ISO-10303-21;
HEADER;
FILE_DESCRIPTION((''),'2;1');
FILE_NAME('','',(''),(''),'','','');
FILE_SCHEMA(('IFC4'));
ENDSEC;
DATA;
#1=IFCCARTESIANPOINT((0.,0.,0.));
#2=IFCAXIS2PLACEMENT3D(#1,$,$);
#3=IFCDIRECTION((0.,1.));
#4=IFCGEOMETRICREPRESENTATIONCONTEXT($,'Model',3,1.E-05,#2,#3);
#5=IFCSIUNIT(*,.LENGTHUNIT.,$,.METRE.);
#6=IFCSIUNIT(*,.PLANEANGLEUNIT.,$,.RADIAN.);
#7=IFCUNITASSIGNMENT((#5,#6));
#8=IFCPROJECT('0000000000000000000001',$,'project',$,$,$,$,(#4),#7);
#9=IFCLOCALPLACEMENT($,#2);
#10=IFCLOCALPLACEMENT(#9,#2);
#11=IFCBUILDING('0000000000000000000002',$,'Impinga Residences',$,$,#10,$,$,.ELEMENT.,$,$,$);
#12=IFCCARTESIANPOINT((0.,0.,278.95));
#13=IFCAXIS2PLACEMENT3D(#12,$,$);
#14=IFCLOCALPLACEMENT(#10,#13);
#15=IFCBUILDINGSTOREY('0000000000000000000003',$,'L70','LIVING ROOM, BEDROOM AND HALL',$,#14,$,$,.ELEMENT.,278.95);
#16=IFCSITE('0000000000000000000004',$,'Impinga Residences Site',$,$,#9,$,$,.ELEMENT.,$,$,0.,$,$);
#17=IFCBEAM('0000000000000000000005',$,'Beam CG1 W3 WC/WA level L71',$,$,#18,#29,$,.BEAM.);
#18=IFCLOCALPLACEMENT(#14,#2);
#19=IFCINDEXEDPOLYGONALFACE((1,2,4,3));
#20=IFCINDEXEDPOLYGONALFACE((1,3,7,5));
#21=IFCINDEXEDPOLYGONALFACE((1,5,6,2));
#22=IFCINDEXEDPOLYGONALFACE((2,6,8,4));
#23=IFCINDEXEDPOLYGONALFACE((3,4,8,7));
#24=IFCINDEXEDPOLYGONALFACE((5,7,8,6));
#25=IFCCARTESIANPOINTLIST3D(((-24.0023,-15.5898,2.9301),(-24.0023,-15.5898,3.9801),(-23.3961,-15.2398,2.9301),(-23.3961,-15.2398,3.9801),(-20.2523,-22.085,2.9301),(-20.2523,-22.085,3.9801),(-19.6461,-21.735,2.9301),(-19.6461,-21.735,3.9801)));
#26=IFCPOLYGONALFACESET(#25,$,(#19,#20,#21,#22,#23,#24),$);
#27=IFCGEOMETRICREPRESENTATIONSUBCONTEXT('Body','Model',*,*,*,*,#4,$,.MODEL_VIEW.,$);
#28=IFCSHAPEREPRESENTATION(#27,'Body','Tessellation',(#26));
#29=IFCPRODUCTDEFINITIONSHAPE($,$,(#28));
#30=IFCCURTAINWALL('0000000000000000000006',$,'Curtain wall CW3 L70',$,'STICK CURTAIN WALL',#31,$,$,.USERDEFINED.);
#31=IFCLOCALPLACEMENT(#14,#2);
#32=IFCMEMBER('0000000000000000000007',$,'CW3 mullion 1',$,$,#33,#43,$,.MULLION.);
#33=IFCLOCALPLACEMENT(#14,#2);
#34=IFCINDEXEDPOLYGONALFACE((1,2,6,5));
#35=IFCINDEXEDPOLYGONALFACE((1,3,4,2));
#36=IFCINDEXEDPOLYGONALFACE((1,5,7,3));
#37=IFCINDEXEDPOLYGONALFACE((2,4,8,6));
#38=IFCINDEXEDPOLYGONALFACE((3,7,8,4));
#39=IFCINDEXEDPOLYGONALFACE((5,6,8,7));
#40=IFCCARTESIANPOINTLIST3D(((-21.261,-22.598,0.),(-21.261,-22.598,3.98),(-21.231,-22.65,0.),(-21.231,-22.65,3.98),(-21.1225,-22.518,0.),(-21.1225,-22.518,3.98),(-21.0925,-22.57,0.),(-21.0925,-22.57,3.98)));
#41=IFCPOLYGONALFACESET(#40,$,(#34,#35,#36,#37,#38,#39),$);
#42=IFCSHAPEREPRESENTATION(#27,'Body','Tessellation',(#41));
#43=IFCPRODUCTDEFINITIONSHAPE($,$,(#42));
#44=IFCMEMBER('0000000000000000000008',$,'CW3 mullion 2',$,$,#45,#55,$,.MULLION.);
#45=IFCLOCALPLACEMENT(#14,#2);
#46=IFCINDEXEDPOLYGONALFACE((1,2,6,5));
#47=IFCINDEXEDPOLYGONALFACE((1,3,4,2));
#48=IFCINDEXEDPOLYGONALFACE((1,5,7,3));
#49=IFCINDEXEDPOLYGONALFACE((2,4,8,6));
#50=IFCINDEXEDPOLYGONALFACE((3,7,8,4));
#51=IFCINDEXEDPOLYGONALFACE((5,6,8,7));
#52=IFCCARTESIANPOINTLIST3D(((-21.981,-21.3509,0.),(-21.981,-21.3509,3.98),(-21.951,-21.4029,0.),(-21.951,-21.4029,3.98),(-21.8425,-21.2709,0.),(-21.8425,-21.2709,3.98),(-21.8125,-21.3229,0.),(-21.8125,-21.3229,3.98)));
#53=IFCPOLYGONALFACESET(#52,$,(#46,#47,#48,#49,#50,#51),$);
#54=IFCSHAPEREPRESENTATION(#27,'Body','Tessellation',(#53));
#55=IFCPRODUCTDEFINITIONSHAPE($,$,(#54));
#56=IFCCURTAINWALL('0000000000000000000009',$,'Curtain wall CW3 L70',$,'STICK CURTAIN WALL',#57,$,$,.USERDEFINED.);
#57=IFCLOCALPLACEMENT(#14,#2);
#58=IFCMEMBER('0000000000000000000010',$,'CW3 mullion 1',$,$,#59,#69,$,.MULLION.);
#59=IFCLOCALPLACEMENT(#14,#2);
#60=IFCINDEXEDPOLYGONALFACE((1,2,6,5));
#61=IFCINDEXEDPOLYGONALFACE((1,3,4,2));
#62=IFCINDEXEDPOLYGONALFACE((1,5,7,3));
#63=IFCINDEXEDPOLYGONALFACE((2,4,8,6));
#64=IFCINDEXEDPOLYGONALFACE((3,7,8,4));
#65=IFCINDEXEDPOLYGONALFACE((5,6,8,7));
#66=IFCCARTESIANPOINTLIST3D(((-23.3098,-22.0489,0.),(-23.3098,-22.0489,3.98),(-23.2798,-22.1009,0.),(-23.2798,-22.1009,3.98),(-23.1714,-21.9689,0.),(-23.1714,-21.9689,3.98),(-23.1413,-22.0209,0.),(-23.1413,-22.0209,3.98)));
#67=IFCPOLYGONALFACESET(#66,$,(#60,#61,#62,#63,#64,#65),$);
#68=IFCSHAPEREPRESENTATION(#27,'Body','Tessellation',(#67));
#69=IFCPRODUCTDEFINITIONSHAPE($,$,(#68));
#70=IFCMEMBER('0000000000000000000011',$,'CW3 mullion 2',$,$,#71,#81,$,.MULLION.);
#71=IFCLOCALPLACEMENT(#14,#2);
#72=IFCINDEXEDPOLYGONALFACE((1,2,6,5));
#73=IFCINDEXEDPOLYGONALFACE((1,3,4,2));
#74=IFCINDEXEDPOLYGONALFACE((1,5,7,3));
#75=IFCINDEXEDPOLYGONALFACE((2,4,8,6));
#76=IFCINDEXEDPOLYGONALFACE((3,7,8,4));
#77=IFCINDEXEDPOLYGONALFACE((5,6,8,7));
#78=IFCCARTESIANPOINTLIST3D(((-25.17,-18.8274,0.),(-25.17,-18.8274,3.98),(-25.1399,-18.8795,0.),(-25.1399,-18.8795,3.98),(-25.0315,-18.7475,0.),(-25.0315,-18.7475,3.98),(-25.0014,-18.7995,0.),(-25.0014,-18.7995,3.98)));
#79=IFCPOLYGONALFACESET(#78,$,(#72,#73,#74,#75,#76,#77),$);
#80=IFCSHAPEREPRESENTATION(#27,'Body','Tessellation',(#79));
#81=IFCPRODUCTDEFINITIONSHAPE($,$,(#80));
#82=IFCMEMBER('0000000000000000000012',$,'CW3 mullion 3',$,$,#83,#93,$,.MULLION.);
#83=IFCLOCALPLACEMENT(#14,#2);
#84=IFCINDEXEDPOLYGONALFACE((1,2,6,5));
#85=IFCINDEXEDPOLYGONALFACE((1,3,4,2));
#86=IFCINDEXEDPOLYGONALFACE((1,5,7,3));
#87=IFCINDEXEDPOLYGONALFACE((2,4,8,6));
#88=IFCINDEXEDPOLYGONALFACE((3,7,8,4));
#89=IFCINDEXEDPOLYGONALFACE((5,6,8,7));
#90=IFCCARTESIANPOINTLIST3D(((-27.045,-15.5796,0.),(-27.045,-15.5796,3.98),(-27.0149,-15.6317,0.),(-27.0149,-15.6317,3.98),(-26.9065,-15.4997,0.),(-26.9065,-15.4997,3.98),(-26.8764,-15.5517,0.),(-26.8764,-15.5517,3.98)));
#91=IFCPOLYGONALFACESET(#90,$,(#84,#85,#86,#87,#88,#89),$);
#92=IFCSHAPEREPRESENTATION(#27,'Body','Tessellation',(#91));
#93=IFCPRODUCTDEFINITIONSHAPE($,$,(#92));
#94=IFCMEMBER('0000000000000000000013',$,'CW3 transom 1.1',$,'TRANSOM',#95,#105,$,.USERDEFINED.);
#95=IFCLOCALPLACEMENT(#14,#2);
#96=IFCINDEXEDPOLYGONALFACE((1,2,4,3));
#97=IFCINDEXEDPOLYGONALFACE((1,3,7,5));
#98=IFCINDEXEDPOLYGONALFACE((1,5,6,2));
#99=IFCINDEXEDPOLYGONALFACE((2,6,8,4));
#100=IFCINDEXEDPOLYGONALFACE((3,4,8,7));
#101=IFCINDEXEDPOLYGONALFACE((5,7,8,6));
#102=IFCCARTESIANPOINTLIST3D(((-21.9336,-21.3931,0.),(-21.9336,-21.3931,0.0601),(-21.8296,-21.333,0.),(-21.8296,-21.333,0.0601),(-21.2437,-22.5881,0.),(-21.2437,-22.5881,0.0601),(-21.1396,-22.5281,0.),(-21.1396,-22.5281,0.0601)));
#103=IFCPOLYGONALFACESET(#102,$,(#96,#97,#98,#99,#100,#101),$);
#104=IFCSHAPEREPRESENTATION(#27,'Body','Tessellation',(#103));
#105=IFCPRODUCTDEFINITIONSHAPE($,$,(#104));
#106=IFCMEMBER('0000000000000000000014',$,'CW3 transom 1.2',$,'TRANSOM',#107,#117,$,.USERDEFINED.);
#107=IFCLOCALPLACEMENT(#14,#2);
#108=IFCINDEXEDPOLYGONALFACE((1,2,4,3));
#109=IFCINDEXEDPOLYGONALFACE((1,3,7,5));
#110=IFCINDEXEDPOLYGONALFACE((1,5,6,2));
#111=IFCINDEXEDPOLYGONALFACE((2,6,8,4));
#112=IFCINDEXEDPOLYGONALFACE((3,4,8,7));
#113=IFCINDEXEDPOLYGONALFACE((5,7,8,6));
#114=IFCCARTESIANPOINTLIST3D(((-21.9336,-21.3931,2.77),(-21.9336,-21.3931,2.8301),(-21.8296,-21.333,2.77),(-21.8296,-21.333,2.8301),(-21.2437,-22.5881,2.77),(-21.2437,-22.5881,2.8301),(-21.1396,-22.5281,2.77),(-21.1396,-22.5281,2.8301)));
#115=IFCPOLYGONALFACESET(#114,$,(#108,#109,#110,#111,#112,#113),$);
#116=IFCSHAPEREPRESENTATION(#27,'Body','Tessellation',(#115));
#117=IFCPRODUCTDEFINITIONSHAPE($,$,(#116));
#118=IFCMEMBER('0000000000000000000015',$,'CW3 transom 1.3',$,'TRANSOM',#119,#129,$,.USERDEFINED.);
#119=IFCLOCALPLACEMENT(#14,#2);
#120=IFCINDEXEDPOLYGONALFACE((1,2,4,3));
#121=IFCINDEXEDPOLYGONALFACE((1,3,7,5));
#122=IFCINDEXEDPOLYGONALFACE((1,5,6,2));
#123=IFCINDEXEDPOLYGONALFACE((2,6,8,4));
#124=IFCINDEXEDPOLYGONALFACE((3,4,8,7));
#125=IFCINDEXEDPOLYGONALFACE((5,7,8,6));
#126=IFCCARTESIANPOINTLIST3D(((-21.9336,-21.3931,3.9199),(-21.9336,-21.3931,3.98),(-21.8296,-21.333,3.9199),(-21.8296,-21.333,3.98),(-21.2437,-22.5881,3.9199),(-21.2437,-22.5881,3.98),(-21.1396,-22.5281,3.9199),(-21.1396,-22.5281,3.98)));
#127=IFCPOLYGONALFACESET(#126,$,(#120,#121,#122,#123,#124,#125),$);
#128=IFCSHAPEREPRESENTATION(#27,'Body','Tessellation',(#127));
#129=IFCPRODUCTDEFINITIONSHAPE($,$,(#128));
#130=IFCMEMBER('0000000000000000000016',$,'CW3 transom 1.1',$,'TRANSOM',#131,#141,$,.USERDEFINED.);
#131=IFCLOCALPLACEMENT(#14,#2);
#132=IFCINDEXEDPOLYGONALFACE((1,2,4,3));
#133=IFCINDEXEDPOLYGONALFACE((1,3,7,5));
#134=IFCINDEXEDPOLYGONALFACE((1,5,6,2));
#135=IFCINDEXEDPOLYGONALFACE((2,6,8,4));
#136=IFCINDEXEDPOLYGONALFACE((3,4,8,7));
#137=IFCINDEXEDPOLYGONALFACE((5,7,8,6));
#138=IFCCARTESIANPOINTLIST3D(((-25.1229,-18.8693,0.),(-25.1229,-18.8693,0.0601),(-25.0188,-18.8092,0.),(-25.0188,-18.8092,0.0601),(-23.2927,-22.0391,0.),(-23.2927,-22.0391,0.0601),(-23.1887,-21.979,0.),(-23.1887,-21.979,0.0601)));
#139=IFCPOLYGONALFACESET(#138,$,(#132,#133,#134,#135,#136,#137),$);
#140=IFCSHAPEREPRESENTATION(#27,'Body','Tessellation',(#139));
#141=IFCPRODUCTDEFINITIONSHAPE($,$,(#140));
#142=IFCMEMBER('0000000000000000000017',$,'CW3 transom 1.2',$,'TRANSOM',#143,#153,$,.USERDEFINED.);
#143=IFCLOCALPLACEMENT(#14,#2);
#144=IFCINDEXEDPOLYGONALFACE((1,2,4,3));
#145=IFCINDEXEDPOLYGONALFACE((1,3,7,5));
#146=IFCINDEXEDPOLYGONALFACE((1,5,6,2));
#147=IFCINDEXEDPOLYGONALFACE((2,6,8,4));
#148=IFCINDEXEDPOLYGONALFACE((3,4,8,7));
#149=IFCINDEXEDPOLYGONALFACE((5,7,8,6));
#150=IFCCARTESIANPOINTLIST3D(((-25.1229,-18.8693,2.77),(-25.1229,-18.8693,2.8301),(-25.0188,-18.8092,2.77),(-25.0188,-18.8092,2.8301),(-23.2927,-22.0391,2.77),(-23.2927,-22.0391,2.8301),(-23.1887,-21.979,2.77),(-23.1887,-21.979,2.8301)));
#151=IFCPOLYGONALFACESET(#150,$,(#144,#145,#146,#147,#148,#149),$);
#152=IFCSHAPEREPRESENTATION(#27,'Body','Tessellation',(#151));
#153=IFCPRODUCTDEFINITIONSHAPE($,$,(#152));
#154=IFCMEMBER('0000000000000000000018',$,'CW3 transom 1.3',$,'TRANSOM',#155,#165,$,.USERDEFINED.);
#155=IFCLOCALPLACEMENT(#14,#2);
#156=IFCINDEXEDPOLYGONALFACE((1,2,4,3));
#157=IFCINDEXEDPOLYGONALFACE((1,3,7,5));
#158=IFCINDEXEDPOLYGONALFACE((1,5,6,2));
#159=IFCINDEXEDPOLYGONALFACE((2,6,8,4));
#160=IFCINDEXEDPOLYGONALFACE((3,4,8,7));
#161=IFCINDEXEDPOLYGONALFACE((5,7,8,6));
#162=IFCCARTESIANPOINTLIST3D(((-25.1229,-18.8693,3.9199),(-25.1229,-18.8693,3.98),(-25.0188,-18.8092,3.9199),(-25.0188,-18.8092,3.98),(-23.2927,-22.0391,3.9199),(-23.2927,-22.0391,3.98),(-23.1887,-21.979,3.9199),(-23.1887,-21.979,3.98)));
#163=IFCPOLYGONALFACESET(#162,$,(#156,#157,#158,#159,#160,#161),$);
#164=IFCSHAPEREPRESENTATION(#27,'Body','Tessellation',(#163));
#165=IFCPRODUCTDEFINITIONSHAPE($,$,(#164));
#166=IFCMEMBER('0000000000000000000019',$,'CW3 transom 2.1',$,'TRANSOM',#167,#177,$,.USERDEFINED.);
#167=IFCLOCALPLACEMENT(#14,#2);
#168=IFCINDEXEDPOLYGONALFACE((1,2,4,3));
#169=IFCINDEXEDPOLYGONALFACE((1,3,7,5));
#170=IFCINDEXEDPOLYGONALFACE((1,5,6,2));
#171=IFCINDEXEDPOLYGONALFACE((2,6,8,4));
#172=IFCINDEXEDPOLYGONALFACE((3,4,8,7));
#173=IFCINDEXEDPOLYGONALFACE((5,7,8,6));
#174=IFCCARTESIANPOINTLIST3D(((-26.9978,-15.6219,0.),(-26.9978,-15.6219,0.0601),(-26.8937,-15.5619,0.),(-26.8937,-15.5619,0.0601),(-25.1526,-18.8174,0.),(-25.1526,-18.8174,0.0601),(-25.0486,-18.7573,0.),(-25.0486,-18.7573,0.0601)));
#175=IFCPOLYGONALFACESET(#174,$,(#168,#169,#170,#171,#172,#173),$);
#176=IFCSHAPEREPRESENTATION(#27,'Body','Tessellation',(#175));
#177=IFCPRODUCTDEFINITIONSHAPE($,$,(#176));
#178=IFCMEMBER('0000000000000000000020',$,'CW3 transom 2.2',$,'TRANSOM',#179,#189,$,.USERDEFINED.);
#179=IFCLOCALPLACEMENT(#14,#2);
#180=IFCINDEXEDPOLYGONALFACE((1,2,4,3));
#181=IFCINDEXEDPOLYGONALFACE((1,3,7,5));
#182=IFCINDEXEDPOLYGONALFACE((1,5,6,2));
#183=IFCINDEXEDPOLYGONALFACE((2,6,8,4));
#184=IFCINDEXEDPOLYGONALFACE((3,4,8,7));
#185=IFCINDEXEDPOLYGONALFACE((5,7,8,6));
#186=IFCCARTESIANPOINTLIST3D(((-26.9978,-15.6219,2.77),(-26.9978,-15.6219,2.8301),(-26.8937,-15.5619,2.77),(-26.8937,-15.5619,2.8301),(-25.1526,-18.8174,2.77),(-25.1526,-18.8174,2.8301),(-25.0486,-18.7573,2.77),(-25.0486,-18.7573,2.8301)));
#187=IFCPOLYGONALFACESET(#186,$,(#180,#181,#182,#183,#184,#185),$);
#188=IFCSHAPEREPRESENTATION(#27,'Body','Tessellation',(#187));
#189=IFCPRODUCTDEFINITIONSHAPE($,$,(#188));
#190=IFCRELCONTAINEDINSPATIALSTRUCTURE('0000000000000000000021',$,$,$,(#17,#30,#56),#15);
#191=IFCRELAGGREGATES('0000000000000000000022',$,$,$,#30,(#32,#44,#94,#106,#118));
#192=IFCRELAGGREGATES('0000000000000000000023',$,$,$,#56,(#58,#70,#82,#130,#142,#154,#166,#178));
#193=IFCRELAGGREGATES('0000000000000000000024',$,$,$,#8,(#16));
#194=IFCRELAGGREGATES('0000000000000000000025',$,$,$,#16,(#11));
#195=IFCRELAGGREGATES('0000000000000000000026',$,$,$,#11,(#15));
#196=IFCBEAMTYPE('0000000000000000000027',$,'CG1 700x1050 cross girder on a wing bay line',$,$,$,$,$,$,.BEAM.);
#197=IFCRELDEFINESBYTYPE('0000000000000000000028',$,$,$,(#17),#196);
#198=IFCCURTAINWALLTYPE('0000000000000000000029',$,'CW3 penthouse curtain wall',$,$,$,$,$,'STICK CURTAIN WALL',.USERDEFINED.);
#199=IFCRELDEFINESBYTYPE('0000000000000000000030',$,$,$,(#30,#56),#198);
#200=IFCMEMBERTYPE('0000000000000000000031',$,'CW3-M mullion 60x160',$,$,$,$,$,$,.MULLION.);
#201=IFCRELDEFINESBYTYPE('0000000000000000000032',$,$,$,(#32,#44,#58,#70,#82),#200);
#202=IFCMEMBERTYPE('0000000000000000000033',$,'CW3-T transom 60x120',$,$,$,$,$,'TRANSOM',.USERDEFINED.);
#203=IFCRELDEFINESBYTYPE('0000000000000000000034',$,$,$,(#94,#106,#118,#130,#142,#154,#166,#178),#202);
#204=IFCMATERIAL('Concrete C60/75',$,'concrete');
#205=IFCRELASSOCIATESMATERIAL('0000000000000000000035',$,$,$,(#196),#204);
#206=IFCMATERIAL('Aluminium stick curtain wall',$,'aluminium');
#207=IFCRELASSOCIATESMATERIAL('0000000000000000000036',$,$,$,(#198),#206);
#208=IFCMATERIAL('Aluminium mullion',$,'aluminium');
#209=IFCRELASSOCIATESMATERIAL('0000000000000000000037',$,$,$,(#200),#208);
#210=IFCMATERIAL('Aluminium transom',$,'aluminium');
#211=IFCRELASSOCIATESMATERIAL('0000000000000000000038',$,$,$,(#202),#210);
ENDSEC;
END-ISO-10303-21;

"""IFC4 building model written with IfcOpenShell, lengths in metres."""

from ifc_helpers import new_model, si_unit, direction, frame, origin, origin_2d, place, context, subcontext, project, spatial, rectangle, extrude, material, material_profile, profile_set, type_object, element, aggregate, save


model = new_model("IFC4")

# Units and contexts
model_context = context("Model", 3, precision=1e-05, world=origin(), true_north=direction((0.0, 1.0)))
body_context = subcontext(model_context, "Body", "Model", "MODEL_VIEW")
ifc_project = project(units=[si_unit("LENGTHUNIT", "METRE"), si_unit("PLANEANGLEUNIT", "RADIAN")], contexts=[model_context])

# Site, building, storey
site_placement = place(None, origin())
site = spatial("IfcSite", under=ifc_project, at=site_placement, Name="Impinga Residences Site", CompositionType="ELEMENT", RefElevation=0.0)
building_placement = place(site_placement, origin())
building = spatial("IfcBuilding", under=site, at=building_placement, Name="Impinga Residences", CompositionType="ELEMENT")
storey_placement = place(building_placement, frame((0.0, 0.0, 278.95)))
storey = spatial("IfcBuildingStorey", under=building, at=storey_placement, Name="L70", Description="LIVING ROOM, BEDROOM AND HALL", CompositionType="ELEMENT", Elevation=278.95)

# Beam
ifc_material_1 = material(Name="Concrete C60/75", Category="concrete")
ifc_material_profile_1 = material_profile(ifc_material_1, rectangle(XDim=0.7, YDim=1.05, at=origin_2d()), Name="RC 700x1050")
ifc_profile_set_1 = profile_set([ifc_material_profile_1], Name="Concrete C60/75")
beam_type_1 = type_object("IfcBeamType", Name="CG1 700x1050 cross girder on a wing bay line", PredefinedType="BEAM", material=ifc_profile_set_1)
beam_1_placement = place(storey_placement, frame((-23.6992, -15.4148, 3.4551), z_axis=(0.500004, -0.866023, 0.0), x_axis=(0.866023, 0.500004, 0.0)))
element("IfcBeam", 1, at=beam_1_placement, inside=storey, type_object=beam_type_1, Name="Beam CG1 W3 WC/WA level L71", PredefinedType="BEAM", context=body_context, shape_type="SweptSolid", body=[
    extrude(rectangle(XDim=0.7, YDim=1.05, at=origin_2d()), origin(), (0.0, 0.0, 1.0), 7.5),
])

# Curtain walls, members
ifc_material_2 = material(Name="Aluminium stick curtain wall", Category="aluminium")
curtain_wall_type = type_object("IfcCurtainWallType", Name="CW3 penthouse curtain wall", ElementType="STICK CURTAIN WALL", PredefinedType="USERDEFINED", material=ifc_material_2)
curtain_wall_1_placement = place(storey_placement, origin())
curtain_wall_1 = element("IfcCurtainWall", 2, at=curtain_wall_1_placement, inside=storey, type_object=curtain_wall_type, Name="Curtain wall CW3 L70", ObjectType="STICK CURTAIN WALL", PredefinedType="USERDEFINED")
ifc_material_3 = material(Name="Aluminium mullion", Category="aluminium")
ifc_material_profile_2 = material_profile(ifc_material_3, rectangle(XDim=0.0601, YDim=0.1599, at=origin_2d()), Name="60x160 mullion")
ifc_profile_set_2 = profile_set([ifc_material_profile_2], Name="Aluminium mullion")
member_type_1 = type_object("IfcMemberType", Name="CW3-M mullion 60x160", PredefinedType="MULLION", material=ifc_profile_set_2)
member_1_placement = place(storey_placement, frame((-21.1768, -22.584, 0.0), z_axis=(0.0, 0.0, 1.0), x_axis=(-0.5, 0.866025, 0.0)))
member_1 = element("IfcMember", 3, at=member_1_placement, type_object=member_type_1, Name="CW3 mullion 1", PredefinedType="MULLION", context=body_context, shape_type="SweptSolid", body=[
    extrude(rectangle(XDim=0.0601, YDim=0.1599, at=origin_2d()), origin(), (0.0, 0.0, 1.0), 3.98),
])
member_2_placement = place(storey_placement, frame((-21.8967, -21.3369, 0.0), z_axis=(0.0, 0.0, 1.0), x_axis=(-0.5, 0.866025, 0.0)))
member_2 = element("IfcMember", 4, at=member_2_placement, type_object=member_type_1, Name="CW3 mullion 2", PredefinedType="MULLION", context=body_context, shape_type="SweptSolid", body=[
    extrude(rectangle(XDim=0.0601, YDim=0.1599, at=origin_2d()), origin(), (0.0, 0.0, 1.0), 3.98),
])
curtain_wall_2_placement = place(storey_placement, origin())
curtain_wall_2 = element("IfcCurtainWall", 5, at=curtain_wall_2_placement, inside=storey, type_object=curtain_wall_type, Name="Curtain wall CW3 L70", ObjectType="STICK CURTAIN WALL", PredefinedType="USERDEFINED")
member_3_placement = place(storey_placement, frame((-23.2256, -22.0349, 0.0), z_axis=(0.0, 0.0, 1.0), x_axis=(-0.5, 0.866025, 0.0)))
member_3 = element("IfcMember", 6, at=member_3_placement, type_object=member_type_1, Name="CW3 mullion 1", PredefinedType="MULLION", context=body_context, shape_type="SweptSolid", body=[
    extrude(rectangle(XDim=0.0601, YDim=0.1599, at=origin_2d()), origin(), (0.0, 0.0, 1.0), 3.98),
])
member_4_placement = place(storey_placement, frame((-25.0857, -18.8135, 0.0), z_axis=(0.0, 0.0, 1.0), x_axis=(-0.5, 0.866025, 0.0)))
member_4 = element("IfcMember", 7, at=member_4_placement, type_object=member_type_1, Name="CW3 mullion 2", PredefinedType="MULLION", context=body_context, shape_type="SweptSolid", body=[
    extrude(rectangle(XDim=0.0601, YDim=0.1599, at=origin_2d()), origin(), (0.0, 0.0, 1.0), 3.98),
])
member_5_placement = place(storey_placement, frame((-26.9607, -15.5657, 0.0), z_axis=(0.0, 0.0, 1.0), x_axis=(-0.5, 0.866025, 0.0)))
member_5 = element("IfcMember", 8, at=member_5_placement, type_object=member_type_1, Name="CW3 mullion 3", PredefinedType="MULLION", context=body_context, shape_type="SweptSolid", body=[
    extrude(rectangle(XDim=0.0601, YDim=0.1599, at=origin_2d()), origin(), (0.0, 0.0, 1.0), 3.98),
])

# Members
ifc_material_4 = material(Name="Aluminium transom", Category="aluminium")
ifc_material_profile_3 = material_profile(ifc_material_4, rectangle(XDim=0.0601, YDim=0.1201, at=origin_2d()), Name="60x120 transom")
ifc_profile_set_3 = profile_set([ifc_material_profile_3], Name="Aluminium transom")
member_type_2 = type_object("IfcMemberType", Name="CW3-T transom 60x120", ElementType="TRANSOM", PredefinedType="USERDEFINED", material=ifc_profile_set_3)
member_6_placement = place(storey_placement, frame((-21.1917, -22.5581, 0.03), z_axis=(-0.499983, 0.866035, 0.0), x_axis=(0.0, 0.0, 1.0)))
member_6 = element("IfcMember", 9, at=member_6_placement, type_object=member_type_2, Name="CW3 transom 1.1", ObjectType="TRANSOM", PredefinedType="USERDEFINED", context=body_context, shape_type="SweptSolid", body=[
    extrude(rectangle(XDim=0.0601, YDim=0.1201, at=origin_2d()), origin(), (0.0, 0.0, 1.0), 1.3799),
])
member_7_placement = place(storey_placement, frame((-21.1917, -22.5581, 2.8), z_axis=(-0.499983, 0.866035, 0.0), x_axis=(0.0, 0.0, 1.0)))
member_7 = element("IfcMember", 10, at=member_7_placement, type_object=member_type_2, Name="CW3 transom 1.2", ObjectType="TRANSOM", PredefinedType="USERDEFINED", context=body_context, shape_type="SweptSolid", body=[
    extrude(rectangle(XDim=0.0601, YDim=0.1201, at=origin_2d()), origin(), (0.0, 0.0, 1.0), 1.3799),
])
member_8_placement = place(storey_placement, frame((-21.1917, -22.5581, 3.95), z_axis=(-0.499983, 0.866035, 0.0), x_axis=(0.0, 0.0, 1.0)))
member_8 = element("IfcMember", 11, at=member_8_placement, type_object=member_type_2, Name="CW3 transom 1.3", ObjectType="TRANSOM", PredefinedType="USERDEFINED", context=body_context, shape_type="SweptSolid", body=[
    extrude(rectangle(XDim=0.0601, YDim=0.1201, at=origin_2d()), origin(), (0.0, 0.0, 1.0), 1.3799),
])
member_9_placement = place(storey_placement, frame((-23.2407, -22.009, 0.03), z_axis=(-0.500013, 0.866018, 0.0), x_axis=(0.0, 0.0, 1.0)))
member_9 = element("IfcMember", 12, at=member_9_placement, type_object=member_type_2, Name="CW3 transom 1.1", ObjectType="TRANSOM", PredefinedType="USERDEFINED", context=body_context, shape_type="SweptSolid", body=[
    extrude(rectangle(XDim=0.0601, YDim=0.1201, at=origin_2d()), origin(), (0.0, 0.0, 1.0), 3.6602),
])
member_10_placement = place(storey_placement, frame((-23.2407, -22.009, 2.8), z_axis=(-0.500013, 0.866018, 0.0), x_axis=(0.0, 0.0, 1.0)))
member_10 = element("IfcMember", 13, at=member_10_placement, type_object=member_type_2, Name="CW3 transom 1.2", ObjectType="TRANSOM", PredefinedType="USERDEFINED", context=body_context, shape_type="SweptSolid", body=[
    extrude(rectangle(XDim=0.0601, YDim=0.1201, at=origin_2d()), origin(), (0.0, 0.0, 1.0), 3.6602),
])
member_11_placement = place(storey_placement, frame((-23.2407, -22.009, 3.95), z_axis=(-0.500013, 0.866018, 0.0), x_axis=(0.0, 0.0, 1.0)))
member_11 = element("IfcMember", 14, at=member_11_placement, type_object=member_type_2, Name="CW3 transom 1.3", ObjectType="TRANSOM", PredefinedType="USERDEFINED", context=body_context, shape_type="SweptSolid", body=[
    extrude(rectangle(XDim=0.0601, YDim=0.1201, at=origin_2d()), origin(), (0.0, 0.0, 1.0), 3.6602),
])
member_12_placement = place(storey_placement, frame((-25.1006, -18.7874, 0.03), z_axis=(-0.500053, 0.865995, 0.0), x_axis=(0.0, 0.0, 1.0)))
member_12 = element("IfcMember", 15, at=member_12_placement, type_object=member_type_2, Name="CW3 transom 2.1", ObjectType="TRANSOM", PredefinedType="USERDEFINED", context=body_context, shape_type="SweptSolid", body=[
    extrude(rectangle(XDim=0.0601, YDim=0.1201, at=origin_2d()), origin(), (0.0, 0.0, 1.0), 3.6899),
])
member_13_placement = place(storey_placement, frame((-25.1006, -18.7874, 2.8), z_axis=(-0.500053, 0.865995, 0.0), x_axis=(0.0, 0.0, 1.0)))
member_13 = element("IfcMember", 16, at=member_13_placement, type_object=member_type_2, Name="CW3 transom 2.2", ObjectType="TRANSOM", PredefinedType="USERDEFINED", context=body_context, shape_type="SweptSolid", body=[
    extrude(rectangle(XDim=0.0601, YDim=0.1201, at=origin_2d()), origin(), (0.0, 0.0, 1.0), 3.6899),
])

aggregate(curtain_wall_1, [member_1, member_2, member_6, member_7, member_8])
aggregate(curtain_wall_2, [member_3, member_4, member_5, member_9, member_10, member_11, member_12, member_13])

save(model, "model.ifc")
